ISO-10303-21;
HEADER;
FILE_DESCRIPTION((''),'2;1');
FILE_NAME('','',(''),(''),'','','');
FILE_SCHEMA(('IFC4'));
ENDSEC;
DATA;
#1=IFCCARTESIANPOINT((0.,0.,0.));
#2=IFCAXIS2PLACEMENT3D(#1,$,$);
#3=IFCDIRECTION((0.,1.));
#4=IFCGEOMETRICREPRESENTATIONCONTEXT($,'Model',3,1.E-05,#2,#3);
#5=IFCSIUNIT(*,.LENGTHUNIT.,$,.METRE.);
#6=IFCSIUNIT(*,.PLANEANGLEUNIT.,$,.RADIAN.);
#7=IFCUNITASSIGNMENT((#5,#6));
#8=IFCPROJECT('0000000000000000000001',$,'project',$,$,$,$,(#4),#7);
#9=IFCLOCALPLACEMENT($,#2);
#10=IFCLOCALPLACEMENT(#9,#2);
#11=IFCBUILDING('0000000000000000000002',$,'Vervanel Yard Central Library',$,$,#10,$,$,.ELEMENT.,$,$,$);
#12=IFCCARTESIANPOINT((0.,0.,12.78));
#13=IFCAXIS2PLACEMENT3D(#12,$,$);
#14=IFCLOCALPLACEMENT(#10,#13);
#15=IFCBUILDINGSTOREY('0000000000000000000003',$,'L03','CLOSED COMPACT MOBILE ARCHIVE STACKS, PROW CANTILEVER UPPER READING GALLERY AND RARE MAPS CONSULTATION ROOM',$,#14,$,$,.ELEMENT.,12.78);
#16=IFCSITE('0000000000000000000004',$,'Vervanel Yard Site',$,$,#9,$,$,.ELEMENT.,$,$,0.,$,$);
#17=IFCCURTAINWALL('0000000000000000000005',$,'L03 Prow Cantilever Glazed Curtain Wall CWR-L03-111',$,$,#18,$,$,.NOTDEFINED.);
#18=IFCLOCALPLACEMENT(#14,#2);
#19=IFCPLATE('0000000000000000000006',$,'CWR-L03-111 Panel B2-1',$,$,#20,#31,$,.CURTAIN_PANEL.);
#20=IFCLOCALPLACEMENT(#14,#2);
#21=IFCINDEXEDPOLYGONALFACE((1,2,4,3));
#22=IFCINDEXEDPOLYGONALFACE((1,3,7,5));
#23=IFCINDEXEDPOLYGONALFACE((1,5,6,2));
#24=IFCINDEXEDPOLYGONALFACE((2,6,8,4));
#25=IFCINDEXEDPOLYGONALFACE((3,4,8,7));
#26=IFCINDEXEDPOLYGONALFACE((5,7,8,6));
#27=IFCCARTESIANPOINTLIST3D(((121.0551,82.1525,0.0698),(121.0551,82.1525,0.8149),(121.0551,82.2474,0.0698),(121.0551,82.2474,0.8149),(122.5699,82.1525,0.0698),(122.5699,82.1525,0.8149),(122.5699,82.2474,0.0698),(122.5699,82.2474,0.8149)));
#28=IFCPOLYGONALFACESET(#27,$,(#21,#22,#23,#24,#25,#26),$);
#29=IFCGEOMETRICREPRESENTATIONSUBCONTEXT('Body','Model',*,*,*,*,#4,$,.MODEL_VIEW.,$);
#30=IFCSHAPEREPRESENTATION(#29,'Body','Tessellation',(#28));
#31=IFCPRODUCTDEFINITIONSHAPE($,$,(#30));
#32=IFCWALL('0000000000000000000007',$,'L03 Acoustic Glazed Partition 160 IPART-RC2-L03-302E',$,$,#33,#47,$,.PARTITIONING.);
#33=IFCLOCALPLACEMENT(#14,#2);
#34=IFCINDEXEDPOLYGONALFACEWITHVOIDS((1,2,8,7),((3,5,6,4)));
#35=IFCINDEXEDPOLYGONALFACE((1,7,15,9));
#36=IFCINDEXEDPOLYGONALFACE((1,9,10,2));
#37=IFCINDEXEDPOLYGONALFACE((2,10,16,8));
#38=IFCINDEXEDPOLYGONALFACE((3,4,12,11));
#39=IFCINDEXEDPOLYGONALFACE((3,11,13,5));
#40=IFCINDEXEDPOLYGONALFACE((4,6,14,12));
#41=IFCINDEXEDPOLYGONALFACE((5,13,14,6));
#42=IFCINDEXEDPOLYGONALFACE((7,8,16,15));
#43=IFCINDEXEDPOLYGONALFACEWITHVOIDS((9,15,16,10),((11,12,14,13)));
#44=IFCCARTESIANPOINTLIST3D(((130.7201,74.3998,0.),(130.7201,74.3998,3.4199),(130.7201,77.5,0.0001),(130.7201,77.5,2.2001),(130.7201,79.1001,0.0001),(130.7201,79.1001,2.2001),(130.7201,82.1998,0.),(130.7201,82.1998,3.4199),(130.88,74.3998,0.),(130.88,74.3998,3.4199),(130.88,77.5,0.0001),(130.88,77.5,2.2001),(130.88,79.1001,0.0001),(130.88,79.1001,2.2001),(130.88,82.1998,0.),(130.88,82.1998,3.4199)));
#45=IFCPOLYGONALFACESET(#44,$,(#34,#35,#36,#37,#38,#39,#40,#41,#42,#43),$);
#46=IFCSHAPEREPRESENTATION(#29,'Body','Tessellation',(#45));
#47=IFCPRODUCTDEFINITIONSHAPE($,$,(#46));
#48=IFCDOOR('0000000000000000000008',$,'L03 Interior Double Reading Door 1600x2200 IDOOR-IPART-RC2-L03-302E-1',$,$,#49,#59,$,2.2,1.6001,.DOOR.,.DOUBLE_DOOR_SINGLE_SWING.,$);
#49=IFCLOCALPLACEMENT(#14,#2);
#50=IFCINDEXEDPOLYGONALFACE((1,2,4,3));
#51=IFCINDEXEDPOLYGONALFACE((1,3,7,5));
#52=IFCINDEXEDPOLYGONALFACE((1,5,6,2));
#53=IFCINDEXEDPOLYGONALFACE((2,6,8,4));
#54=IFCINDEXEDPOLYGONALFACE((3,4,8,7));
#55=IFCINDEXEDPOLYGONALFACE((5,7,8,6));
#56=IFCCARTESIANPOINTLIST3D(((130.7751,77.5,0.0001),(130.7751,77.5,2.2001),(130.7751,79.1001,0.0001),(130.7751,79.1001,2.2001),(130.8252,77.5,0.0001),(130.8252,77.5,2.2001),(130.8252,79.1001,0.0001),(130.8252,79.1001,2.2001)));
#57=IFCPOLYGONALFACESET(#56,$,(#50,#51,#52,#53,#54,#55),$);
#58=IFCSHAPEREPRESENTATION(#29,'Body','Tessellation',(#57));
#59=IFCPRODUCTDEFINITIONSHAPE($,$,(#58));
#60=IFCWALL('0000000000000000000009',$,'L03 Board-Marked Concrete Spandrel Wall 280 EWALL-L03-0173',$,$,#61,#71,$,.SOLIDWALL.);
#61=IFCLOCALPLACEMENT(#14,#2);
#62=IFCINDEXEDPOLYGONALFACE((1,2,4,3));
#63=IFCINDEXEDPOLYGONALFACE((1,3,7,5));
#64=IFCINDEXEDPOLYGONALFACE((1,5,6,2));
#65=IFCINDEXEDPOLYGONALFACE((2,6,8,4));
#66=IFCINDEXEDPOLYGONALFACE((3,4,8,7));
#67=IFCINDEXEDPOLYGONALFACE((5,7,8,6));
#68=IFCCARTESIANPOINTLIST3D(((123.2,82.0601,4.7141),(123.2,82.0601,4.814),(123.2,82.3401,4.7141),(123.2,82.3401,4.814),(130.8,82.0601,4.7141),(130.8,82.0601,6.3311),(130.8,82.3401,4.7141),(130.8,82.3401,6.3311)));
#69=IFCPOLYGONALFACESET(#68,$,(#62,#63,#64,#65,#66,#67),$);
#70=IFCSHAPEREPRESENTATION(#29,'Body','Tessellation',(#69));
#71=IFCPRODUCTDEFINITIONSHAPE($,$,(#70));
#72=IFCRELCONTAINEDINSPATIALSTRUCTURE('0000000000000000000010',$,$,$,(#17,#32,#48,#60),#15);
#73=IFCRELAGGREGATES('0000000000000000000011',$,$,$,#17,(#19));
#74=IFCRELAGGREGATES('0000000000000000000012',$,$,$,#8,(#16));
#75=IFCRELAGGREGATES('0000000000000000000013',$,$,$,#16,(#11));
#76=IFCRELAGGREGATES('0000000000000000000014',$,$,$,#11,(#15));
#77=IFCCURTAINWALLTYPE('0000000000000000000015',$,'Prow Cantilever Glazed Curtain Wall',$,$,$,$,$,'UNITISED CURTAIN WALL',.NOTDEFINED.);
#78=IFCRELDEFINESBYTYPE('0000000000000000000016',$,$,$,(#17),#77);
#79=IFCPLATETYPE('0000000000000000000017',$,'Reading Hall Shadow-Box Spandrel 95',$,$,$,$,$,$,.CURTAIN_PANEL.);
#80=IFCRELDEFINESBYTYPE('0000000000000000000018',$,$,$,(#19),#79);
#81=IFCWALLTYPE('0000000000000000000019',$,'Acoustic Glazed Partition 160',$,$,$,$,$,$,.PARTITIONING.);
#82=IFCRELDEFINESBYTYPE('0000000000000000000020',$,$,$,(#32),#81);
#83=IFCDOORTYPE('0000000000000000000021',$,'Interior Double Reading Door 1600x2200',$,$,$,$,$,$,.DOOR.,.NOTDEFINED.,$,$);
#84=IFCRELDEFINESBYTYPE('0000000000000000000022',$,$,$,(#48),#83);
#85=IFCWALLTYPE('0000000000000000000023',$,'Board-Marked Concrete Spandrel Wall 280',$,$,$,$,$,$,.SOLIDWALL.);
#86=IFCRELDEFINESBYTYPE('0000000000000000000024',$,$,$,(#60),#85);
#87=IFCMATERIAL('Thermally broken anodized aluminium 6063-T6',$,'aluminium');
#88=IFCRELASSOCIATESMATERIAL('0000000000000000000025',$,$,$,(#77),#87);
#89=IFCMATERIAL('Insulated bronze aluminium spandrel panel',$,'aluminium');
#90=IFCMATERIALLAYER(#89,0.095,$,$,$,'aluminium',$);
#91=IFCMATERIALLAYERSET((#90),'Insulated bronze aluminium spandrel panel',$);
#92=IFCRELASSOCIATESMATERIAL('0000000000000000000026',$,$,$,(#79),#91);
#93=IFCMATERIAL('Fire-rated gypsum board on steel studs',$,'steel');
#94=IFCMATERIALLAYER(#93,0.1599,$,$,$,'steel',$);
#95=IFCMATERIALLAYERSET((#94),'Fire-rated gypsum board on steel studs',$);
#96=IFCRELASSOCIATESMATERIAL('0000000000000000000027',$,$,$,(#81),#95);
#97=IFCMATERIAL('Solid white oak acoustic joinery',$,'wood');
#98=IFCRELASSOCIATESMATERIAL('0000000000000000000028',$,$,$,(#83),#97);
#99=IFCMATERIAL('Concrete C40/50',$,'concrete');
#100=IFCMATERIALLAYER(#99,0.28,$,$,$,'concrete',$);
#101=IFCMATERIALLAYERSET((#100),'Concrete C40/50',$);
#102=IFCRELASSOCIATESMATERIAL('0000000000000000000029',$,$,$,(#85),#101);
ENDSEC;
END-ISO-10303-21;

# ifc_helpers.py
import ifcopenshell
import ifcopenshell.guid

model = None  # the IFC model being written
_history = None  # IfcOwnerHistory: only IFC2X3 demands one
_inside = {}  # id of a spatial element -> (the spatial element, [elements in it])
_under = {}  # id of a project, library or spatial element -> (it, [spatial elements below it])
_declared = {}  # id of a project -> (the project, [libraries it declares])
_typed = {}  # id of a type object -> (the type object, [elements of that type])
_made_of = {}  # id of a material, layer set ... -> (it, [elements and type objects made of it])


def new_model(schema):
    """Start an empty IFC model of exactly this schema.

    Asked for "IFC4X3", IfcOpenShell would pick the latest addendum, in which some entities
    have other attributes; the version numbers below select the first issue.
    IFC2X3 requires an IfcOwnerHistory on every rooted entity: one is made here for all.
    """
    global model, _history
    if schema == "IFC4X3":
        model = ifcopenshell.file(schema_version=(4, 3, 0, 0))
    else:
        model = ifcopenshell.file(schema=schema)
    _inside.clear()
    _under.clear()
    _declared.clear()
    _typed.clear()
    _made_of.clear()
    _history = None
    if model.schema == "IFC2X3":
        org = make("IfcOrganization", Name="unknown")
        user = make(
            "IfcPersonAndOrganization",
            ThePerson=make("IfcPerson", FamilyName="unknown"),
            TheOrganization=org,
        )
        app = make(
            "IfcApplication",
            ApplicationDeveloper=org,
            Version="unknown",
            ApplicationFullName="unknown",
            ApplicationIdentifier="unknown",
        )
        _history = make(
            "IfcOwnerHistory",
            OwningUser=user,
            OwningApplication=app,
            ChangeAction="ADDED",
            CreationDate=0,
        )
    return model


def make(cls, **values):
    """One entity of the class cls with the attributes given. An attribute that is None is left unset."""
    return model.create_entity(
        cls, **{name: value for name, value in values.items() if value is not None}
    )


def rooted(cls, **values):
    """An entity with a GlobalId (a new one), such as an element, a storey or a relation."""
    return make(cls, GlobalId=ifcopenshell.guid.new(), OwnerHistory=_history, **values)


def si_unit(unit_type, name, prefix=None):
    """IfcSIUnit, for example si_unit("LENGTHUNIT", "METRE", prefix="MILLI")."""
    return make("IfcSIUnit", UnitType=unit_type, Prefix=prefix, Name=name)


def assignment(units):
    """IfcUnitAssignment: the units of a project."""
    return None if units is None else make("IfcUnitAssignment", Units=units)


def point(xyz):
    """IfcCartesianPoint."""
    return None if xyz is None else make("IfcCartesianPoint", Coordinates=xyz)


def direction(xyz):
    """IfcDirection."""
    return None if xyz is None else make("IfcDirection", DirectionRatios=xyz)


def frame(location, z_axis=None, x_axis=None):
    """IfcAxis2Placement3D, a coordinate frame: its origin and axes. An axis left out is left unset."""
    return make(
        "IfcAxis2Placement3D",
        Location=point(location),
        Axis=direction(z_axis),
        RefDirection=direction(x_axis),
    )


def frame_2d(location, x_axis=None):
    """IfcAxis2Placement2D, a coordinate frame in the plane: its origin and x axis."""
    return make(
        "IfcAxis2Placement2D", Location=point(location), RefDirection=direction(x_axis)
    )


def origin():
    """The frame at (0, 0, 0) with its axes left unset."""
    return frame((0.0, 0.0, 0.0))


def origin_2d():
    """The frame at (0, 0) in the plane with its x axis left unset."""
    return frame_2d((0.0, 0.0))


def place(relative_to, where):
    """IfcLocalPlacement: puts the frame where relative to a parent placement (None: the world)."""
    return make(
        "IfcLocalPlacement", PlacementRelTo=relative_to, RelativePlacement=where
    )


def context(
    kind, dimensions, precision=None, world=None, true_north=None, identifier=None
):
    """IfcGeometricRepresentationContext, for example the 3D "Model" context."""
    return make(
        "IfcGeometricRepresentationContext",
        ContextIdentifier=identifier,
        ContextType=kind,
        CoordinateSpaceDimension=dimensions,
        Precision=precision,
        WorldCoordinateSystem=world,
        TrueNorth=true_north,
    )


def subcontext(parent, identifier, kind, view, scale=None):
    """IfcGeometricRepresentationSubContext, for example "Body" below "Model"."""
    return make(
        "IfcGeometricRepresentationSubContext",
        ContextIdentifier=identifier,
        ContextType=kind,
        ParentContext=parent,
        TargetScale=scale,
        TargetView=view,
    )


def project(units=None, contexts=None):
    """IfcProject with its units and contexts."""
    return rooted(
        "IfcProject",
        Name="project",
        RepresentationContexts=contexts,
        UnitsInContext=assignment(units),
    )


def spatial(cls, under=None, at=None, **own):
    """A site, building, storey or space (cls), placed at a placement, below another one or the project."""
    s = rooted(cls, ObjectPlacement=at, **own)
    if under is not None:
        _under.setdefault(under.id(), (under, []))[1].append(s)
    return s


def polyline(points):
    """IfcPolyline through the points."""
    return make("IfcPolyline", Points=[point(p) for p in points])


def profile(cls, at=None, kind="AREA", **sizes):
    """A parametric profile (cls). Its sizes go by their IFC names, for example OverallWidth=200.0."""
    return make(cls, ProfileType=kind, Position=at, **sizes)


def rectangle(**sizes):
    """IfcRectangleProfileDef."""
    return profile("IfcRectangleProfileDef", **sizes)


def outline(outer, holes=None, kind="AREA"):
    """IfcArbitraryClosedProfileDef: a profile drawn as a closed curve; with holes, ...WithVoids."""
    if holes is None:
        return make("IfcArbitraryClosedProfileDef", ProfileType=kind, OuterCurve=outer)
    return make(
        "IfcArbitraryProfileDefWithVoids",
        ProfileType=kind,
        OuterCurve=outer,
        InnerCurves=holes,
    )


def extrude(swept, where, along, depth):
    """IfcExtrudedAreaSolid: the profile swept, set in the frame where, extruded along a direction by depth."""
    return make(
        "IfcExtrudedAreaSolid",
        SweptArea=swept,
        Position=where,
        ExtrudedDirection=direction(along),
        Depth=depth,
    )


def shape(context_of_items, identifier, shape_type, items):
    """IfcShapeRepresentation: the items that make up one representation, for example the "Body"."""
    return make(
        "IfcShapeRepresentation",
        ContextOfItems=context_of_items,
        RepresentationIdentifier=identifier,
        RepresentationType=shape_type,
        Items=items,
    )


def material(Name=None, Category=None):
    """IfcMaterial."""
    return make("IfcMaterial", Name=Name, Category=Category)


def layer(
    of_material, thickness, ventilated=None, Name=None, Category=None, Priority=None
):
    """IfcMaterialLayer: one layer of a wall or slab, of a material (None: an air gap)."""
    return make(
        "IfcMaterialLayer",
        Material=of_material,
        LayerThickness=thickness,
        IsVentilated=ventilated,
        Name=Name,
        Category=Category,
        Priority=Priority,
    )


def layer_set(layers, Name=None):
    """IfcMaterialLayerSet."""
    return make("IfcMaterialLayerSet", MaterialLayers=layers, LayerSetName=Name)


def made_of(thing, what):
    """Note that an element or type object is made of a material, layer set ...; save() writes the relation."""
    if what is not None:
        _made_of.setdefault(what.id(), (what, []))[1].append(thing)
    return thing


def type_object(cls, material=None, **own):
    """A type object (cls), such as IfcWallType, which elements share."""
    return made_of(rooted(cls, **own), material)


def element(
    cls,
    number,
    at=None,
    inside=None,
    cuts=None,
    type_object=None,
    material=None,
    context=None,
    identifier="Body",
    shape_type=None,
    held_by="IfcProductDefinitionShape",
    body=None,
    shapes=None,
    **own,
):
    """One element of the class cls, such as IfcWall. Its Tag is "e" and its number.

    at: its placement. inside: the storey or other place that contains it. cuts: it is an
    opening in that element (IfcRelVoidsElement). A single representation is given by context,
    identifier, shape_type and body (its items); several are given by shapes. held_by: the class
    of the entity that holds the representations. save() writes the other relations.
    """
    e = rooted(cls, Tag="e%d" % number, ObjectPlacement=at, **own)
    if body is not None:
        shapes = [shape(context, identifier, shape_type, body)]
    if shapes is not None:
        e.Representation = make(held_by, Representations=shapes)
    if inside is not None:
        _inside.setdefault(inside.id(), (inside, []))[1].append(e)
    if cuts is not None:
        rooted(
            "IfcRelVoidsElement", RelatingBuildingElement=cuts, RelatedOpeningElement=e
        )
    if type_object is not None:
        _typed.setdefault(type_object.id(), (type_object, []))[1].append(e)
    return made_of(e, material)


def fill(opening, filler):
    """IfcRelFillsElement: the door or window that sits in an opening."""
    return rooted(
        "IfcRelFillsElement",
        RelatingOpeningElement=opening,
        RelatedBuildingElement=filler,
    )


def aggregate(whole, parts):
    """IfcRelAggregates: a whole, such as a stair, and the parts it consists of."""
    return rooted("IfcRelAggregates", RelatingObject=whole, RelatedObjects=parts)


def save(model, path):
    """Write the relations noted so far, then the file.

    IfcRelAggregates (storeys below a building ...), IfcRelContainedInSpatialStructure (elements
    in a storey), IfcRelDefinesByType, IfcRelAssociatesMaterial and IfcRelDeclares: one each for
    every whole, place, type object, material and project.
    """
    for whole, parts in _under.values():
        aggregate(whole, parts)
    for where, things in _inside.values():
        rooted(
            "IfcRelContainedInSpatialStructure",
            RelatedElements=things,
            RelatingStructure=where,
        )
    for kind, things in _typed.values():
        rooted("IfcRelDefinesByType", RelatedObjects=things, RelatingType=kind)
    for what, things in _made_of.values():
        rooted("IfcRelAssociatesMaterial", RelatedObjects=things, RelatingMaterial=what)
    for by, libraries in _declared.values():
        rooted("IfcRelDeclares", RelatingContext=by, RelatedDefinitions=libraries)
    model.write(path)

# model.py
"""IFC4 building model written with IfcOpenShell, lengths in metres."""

from ifc_helpers import new_model, si_unit, direction, frame, frame_2d, origin, origin_2d, place, context, subcontext, project, spatial, polyline, rectangle, outline, extrude, material, layer, layer_set, type_object, element, fill, aggregate, save


model = new_model("IFC4")

# Units and contexts
model_context = context("Model", 3, precision=1e-05, world=origin(), true_north=direction((0.0, 1.0)))
body_context = subcontext(model_context, "Body", "Model", "MODEL_VIEW")
ifc_project = project(units=[si_unit("LENGTHUNIT", "METRE"), si_unit("PLANEANGLEUNIT", "RADIAN")], contexts=[model_context])

# Site, building, storey
site_placement = place(None, origin())
site = spatial("IfcSite", under=ifc_project, at=site_placement, Name="Vervanel Yard Site", CompositionType="ELEMENT", RefElevation=0.0)
building_placement = place(site_placement, origin())
building = spatial("IfcBuilding", under=site, at=building_placement, Name="Vervanel Yard Central Library", CompositionType="ELEMENT")
storey_placement = place(building_placement, frame((0.0, 0.0, 12.78)))
storey = spatial("IfcBuildingStorey", under=building, at=storey_placement, Name="L03", Description="CLOSED COMPACT MOBILE ARCHIVE STACKS, PROW CANTILEVER UPPER READING GALLERY AND RARE MAPS CONSULTATION ROOM", CompositionType="ELEMENT", Elevation=12.78)

# Curtain wall
ifc_material_1 = material(Name="Thermally broken anodized aluminium 6063-T6", Category="aluminium")
curtain_wall_type = type_object("IfcCurtainWallType", Name="Prow Cantilever Glazed Curtain Wall", ElementType="UNITISED CURTAIN WALL", PredefinedType="NOTDEFINED", material=ifc_material_1)
curtain_wall_1_placement = place(storey_placement, origin())
curtain_wall_1 = element("IfcCurtainWall", 1, at=curtain_wall_1_placement, inside=storey, type_object=curtain_wall_type, Name="L03 Prow Cantilever Glazed Curtain Wall CWR-L03-111", PredefinedType="NOTDEFINED")

# Plate
ifc_material_2 = material(Name="Insulated bronze aluminium spandrel panel", Category="aluminium")
ifc_layer_1 = layer(ifc_material_2, 0.095, Category="aluminium")
ifc_layer_set_1 = layer_set([ifc_layer_1], Name="Insulated bronze aluminium spandrel panel")
plate_type_1 = type_object("IfcPlateType", Name="Reading Hall Shadow-Box Spandrel 95", PredefinedType="CURTAIN_PANEL", material=ifc_layer_set_1)
plate_1_placement = place(storey_placement, frame((121.8125, 82.2, 0.0698), z_axis=(0.0, 0.0, 1.0), x_axis=(1.0, 0.0, 0.0)))
plate_1 = element("IfcPlate", 2, at=plate_1_placement, type_object=plate_type_1, Name="CWR-L03-111 Panel B2-1", PredefinedType="CURTAIN_PANEL", context=body_context, shape_type="SweptSolid", body=[
    extrude(rectangle(XDim=1.5149, YDim=0.095, at=origin_2d()), origin(), (0.0, 0.0, 1.0), 0.7451),
])
aggregate(curtain_wall_1, [plate_1])

# Wall, opening, door
ifc_material_3 = material(Name="Fire-rated gypsum board on steel studs", Category="steel")
ifc_layer_2 = layer(ifc_material_3, 0.1599, Category="steel")
ifc_layer_set_2 = layer_set([ifc_layer_2], Name="Fire-rated gypsum board on steel studs")
wall_type_1 = type_object("IfcWallType", Name="Acoustic Glazed Partition 160", PredefinedType="PARTITIONING", material=ifc_layer_set_2)
wall_1_placement = place(storey_placement, frame((130.8, 74.3999, 0.0), z_axis=(0.0, 0.0, 1.0), x_axis=(0.0, 1.0, 0.0)))
wall_1 = element("IfcWall", 3, at=wall_1_placement, inside=storey, type_object=wall_type_1, Name="L03 Acoustic Glazed Partition 160 IPART-RC2-L03-302E", PredefinedType="PARTITIONING", context=body_context, shape_type="SweptSolid", body=[
    extrude(rectangle(XDim=7.8, YDim=0.1599, at=frame_2d((3.8999, 0.0))), origin(), (0.0, 0.0, 1.0), 3.4199),
])
opening_placement = place(wall_1_placement, frame((3.1001, 0.0, 0.0)))
opening = element("IfcOpeningElement", 4, at=opening_placement, cuts=wall_1, PredefinedType="OPENING", context=body_context, shape_type="SweptSolid", body=[
    extrude(rectangle(XDim=1.6001, YDim=2.2, at=frame_2d((0.8, 1.1001))), frame((0.0, 0.0898, 0.0), z_axis=(0.0, -1.0, 0.0), x_axis=(1.0, 0.0, 0.0)), (0.0, 0.0, 1.0), 0.1799),
])
ifc_material_4 = material(Name="Solid white oak acoustic joinery", Category="wood")
door_type = type_object("IfcDoorType", Name="Interior Double Reading Door 1600x2200", OperationType="NOTDEFINED", PredefinedType="DOOR", material=ifc_material_4)
door_placement = place(opening_placement, origin())
door = element("IfcDoor", 5, at=door_placement, inside=storey, type_object=door_type, Name="L03 Interior Double Reading Door 1600x2200 IDOOR-IPART-RC2-L03-302E-1", OperationType="DOUBLE_DOOR_SINGLE_SWING", OverallHeight=2.2, OverallWidth=1.6001, PredefinedType="DOOR", context=body_context, shape_type="SweptSolid", body=[
    extrude(rectangle(XDim=1.6001, YDim=2.2, at=frame_2d((0.8, 1.1001))), frame((0.0, 0.0249, 0.0), z_axis=(0.0, -1.0, 0.0), x_axis=(1.0, 0.0, 0.0)), (0.0, 0.0, 1.0), 0.05),
])
fill(opening, door)

# Wall
ifc_material_5 = material(Name="Concrete C40/50", Category="concrete")
ifc_layer_3 = layer(ifc_material_5, 0.28, Category="concrete")
ifc_layer_set_3 = layer_set([ifc_layer_3], Name="Concrete C40/50")
wall_type_2 = type_object("IfcWallType", Name="Board-Marked Concrete Spandrel Wall 280", PredefinedType="SOLIDWALL", material=ifc_layer_set_3)
wall_2_placement = place(storey_placement, frame((123.2, 82.2, 4.7141), z_axis=(0.0, 0.0, 1.0), x_axis=(1.0, 0.0, 0.0)))
element("IfcWall", 6, at=wall_2_placement, inside=storey, type_object=wall_type_2, Name="L03 Board-Marked Concrete Spandrel Wall 280 EWALL-L03-0173", PredefinedType="SOLIDWALL", context=body_context, shape_type="SweptSolid", body=[
    extrude(outline(polyline([(0.0, 0.0), (7.6001, 0.0), (7.6001, 1.6169), (0.0, 0.0999), (0.0, 0.0)])), frame((0.0, 0.1401, 0.0), z_axis=(0.0, -1.0, 0.0), x_axis=(1.0, 0.0, 0.0)), (0.0, 0.0, 1.0), 0.28),
])

save(model, "model.ifc")
